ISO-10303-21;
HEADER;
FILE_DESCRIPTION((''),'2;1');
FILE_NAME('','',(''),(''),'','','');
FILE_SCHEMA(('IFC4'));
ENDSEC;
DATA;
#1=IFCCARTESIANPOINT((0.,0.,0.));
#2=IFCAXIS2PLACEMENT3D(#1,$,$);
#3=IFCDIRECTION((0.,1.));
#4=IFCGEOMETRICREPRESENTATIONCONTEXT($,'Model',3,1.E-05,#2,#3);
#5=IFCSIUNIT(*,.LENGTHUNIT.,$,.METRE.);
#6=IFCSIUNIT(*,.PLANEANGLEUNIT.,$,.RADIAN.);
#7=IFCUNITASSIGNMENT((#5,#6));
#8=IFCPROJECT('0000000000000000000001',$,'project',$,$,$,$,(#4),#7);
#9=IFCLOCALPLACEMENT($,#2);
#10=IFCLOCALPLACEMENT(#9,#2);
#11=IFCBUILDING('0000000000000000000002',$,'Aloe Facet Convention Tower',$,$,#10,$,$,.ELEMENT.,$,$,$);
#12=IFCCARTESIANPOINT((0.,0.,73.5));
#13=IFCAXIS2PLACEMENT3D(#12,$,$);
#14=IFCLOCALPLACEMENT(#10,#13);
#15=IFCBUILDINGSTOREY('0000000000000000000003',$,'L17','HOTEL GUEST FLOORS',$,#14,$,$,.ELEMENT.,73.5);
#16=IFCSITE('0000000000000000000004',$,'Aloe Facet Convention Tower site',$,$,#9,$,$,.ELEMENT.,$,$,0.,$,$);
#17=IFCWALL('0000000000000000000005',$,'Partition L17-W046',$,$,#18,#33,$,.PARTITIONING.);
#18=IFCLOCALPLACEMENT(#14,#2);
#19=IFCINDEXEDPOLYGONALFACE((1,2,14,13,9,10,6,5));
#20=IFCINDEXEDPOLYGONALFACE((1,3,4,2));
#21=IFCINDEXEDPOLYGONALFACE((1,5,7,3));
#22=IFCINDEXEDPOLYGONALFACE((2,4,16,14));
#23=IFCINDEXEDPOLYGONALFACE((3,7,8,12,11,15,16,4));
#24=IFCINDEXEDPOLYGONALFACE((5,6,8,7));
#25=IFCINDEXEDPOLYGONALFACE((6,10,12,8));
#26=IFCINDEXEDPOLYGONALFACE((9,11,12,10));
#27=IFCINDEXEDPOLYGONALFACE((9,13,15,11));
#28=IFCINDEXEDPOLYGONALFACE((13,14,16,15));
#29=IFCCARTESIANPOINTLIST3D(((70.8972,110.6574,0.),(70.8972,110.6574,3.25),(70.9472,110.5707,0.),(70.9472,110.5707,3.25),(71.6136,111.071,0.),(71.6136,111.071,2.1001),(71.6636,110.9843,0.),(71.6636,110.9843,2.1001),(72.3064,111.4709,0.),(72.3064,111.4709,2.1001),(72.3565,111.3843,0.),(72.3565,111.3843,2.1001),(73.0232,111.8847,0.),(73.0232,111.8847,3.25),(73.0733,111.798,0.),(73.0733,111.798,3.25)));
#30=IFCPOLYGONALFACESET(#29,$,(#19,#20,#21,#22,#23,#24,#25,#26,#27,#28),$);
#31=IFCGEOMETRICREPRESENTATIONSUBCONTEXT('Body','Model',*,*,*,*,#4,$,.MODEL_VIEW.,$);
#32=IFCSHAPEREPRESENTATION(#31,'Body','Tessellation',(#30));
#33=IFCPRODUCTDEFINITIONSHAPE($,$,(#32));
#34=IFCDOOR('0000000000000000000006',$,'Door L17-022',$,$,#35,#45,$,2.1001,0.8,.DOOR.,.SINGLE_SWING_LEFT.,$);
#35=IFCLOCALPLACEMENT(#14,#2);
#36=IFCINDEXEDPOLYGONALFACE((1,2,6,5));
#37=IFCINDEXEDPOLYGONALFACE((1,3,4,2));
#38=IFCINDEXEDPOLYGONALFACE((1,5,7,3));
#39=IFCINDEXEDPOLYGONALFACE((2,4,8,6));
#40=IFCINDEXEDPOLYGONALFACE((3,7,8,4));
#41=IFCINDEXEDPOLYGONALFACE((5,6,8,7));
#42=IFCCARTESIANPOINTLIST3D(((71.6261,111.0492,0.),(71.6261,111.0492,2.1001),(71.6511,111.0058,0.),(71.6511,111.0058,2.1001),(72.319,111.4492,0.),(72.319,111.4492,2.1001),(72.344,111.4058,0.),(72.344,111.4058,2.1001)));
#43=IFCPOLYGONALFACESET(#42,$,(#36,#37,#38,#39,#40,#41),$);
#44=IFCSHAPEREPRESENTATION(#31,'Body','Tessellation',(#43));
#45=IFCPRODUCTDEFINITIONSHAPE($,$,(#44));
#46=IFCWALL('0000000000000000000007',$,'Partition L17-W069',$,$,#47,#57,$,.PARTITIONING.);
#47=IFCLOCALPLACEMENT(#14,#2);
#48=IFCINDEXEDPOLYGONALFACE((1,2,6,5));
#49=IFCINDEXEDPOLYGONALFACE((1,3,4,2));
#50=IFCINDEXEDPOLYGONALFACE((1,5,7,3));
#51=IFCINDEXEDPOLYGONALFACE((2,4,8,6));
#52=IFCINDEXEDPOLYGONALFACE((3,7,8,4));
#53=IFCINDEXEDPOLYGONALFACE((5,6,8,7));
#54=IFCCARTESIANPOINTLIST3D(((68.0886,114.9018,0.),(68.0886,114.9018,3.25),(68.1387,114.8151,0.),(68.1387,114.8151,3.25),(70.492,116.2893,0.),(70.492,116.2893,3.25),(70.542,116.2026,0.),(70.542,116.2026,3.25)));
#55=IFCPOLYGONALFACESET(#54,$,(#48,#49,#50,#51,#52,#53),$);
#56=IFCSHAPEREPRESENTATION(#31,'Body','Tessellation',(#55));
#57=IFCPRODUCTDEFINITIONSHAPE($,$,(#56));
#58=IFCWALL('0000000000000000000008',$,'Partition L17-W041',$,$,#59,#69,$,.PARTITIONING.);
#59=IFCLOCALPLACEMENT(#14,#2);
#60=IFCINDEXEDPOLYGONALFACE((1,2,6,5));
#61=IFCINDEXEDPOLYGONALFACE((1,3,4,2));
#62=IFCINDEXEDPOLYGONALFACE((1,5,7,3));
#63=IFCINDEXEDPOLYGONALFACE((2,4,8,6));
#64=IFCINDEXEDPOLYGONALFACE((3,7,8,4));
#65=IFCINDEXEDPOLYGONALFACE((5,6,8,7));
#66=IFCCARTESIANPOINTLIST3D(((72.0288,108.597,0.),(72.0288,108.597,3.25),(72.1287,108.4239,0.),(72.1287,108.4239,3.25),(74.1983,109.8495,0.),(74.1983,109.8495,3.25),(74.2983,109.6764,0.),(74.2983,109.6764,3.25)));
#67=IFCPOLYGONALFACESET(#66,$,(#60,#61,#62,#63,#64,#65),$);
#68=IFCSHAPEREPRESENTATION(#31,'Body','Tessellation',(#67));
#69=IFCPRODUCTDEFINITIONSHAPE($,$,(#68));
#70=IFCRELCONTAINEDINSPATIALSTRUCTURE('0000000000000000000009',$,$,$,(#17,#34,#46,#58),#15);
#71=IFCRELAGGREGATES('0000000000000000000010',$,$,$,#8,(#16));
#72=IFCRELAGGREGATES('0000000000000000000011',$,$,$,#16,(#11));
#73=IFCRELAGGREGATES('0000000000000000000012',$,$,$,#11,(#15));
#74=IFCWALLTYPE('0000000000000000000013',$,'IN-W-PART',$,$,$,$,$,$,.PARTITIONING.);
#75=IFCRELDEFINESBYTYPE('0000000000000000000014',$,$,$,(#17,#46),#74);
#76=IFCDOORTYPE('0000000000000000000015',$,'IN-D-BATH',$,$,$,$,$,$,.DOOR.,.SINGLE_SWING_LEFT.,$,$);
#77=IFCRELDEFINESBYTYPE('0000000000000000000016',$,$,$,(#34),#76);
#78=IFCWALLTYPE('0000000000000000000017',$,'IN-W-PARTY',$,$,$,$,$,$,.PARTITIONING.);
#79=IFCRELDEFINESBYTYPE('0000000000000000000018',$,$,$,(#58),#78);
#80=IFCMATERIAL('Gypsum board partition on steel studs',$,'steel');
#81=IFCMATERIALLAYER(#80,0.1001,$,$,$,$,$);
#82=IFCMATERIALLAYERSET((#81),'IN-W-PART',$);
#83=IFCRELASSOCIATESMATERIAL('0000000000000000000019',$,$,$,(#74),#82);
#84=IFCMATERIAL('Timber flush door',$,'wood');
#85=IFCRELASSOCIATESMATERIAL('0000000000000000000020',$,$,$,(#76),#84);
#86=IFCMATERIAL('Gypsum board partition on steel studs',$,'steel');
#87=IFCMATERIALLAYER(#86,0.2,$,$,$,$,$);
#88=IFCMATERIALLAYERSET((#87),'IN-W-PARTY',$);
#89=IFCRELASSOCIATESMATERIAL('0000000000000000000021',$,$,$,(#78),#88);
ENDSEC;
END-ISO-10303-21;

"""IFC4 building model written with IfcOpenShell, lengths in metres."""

from ifc_helpers import new_model, si_unit, direction, frame, frame_2d, origin, place, context, subcontext, project, spatial, rectangle, extrude, material, layer, layer_set, type_object, element, fill, save


model = new_model("IFC4")

# Units and contexts
model_context = context("Model", 3, precision=1e-05, world=origin(), true_north=direction((0.0, 1.0)))
body_context = subcontext(model_context, "Body", "Model", "MODEL_VIEW")
ifc_project = project(units=[si_unit("LENGTHUNIT", "METRE"), si_unit("PLANEANGLEUNIT", "RADIAN")], contexts=[model_context])

# Site, building, storey
site_placement = place(None, origin())
site = spatial("IfcSite", under=ifc_project, at=site_placement, Name="Aloe Facet Convention Tower site", CompositionType="ELEMENT", RefElevation=0.0)
building_placement = place(site_placement, origin())
building = spatial("IfcBuilding", under=site, at=building_placement, Name="Aloe Facet Convention Tower", CompositionType="ELEMENT")
storey_placement = place(building_placement, frame((0.0, 0.0, 73.5)))
storey = spatial("IfcBuildingStorey", under=building, at=storey_placement, Name="L17", Description="HOTEL GUEST FLOORS", CompositionType="ELEMENT", Elevation=73.5)

# Shared definitions
ifc_material_1 = material(Name="Gypsum board partition on steel studs", Category="steel")
ifc_layer_1 = layer(ifc_material_1, 0.1001)
ifc_layer_set_1 = layer_set([ifc_layer_1], Name="IN-W-PART")
wall_type_1 = type_object("IfcWallType", Name="IN-W-PART", PredefinedType="PARTITIONING", material=ifc_layer_set_1)

# Wall, opening, door
wall_1_placement = place(storey_placement, frame((70.9221, 110.614, 0.0), z_axis=(0.0, 0.0, 1.0), x_axis=(0.86605, 0.499958, 0.0)))
wall_1 = element("IfcWall", 1, at=wall_1_placement, inside=storey, type_object=wall_type_1, Name="Partition L17-W046", PredefinedType="PARTITIONING", context=body_context, shape_type="SweptSolid", body=[
    extrude(rectangle(XDim=2.4548, YDim=0.1001, at=frame_2d((1.2275, 0.0))), origin(), (0.0, 0.0, 1.0), 3.25),
])
opening_1_placement = place(wall_1_placement, frame((0.8274, 0.0, 0.0)))
opening_1 = element("IfcOpeningElement", 2, at=opening_1_placement, cuts=wall_1, PredefinedType="OPENING", context=body_context, shape_type="SweptSolid", body=[
    extrude(rectangle(XDim=0.8, YDim=2.1001, at=frame_2d((0.3999, 1.05))), frame((0.0, 0.0601, 0.0), z_axis=(0.0, -1.0, 0.0), x_axis=(1.0, 0.0, 0.0)), (0.0, 0.0, 1.0), 0.1201),
])
ifc_material_2 = material(Name="Timber flush door", Category="wood")
door_type_1 = type_object("IfcDoorType", Name="IN-D-BATH", OperationType="SINGLE_SWING_LEFT", PredefinedType="DOOR", material=ifc_material_2)
door_1_placement = place(opening_1_placement, origin())
door_1 = element("IfcDoor", 3, at=door_1_placement, inside=storey, type_object=door_type_1, Name="Door L17-022", OperationType="SINGLE_SWING_LEFT", OverallHeight=2.1001, OverallWidth=0.8, PredefinedType="DOOR", context=body_context, shape_type="SweptSolid", body=[
    extrude(rectangle(XDim=0.8, YDim=2.1001, at=frame_2d((0.3999, 1.05))), frame((0.0, 0.0249, 0.0), z_axis=(0.0, -1.0, 0.0), x_axis=(1.0, 0.0, 0.0)), (0.0, 0.0, 1.0), 0.05),
])
fill(opening_1, door_1)

# Walls
wall_2_placement = place(storey_placement, frame((68.1135, 114.8584, 0.0), z_axis=(0.0, 0.0, 1.0), x_axis=(0.866042, 0.499971, 0.0)))
element("IfcWall", 4, at=wall_2_placement, inside=storey, type_object=wall_type_1, Name="Partition L17-W069", PredefinedType="PARTITIONING", context=body_context, shape_type="SweptSolid", body=[
    extrude(rectangle(XDim=2.7751, YDim=0.1001, at=frame_2d((1.3877, 0.0))), origin(), (0.0, 0.0, 1.0), 3.25),
])
ifc_material_3 = material(Name="Gypsum board partition on steel studs", Category="steel")
ifc_layer_2 = layer(ifc_material_3, 0.2)
ifc_layer_set_2 = layer_set([ifc_layer_2], Name="IN-W-PARTY")
wall_type_2 = type_object("IfcWallType", Name="IN-W-PARTY", PredefinedType="PARTITIONING", material=ifc_layer_set_2)
wall_3_placement = place(storey_placement, frame((72.0789, 108.5105, 0.0), z_axis=(0.0, 0.0, 1.0), x_axis=(0.86604, 0.499976, 0.0)))
element("IfcWall", 5, at=wall_3_placement, inside=storey, type_object=wall_type_2, Name="Partition L17-W041", PredefinedType="PARTITIONING", context=body_context, shape_type="SweptSolid", body=[
    extrude(rectangle(XDim=2.5051, YDim=0.2, at=frame_2d((1.2524, 0.0))), origin(), (0.0, 0.0, 1.0), 3.25),
])

save(model, "model.ifc")
